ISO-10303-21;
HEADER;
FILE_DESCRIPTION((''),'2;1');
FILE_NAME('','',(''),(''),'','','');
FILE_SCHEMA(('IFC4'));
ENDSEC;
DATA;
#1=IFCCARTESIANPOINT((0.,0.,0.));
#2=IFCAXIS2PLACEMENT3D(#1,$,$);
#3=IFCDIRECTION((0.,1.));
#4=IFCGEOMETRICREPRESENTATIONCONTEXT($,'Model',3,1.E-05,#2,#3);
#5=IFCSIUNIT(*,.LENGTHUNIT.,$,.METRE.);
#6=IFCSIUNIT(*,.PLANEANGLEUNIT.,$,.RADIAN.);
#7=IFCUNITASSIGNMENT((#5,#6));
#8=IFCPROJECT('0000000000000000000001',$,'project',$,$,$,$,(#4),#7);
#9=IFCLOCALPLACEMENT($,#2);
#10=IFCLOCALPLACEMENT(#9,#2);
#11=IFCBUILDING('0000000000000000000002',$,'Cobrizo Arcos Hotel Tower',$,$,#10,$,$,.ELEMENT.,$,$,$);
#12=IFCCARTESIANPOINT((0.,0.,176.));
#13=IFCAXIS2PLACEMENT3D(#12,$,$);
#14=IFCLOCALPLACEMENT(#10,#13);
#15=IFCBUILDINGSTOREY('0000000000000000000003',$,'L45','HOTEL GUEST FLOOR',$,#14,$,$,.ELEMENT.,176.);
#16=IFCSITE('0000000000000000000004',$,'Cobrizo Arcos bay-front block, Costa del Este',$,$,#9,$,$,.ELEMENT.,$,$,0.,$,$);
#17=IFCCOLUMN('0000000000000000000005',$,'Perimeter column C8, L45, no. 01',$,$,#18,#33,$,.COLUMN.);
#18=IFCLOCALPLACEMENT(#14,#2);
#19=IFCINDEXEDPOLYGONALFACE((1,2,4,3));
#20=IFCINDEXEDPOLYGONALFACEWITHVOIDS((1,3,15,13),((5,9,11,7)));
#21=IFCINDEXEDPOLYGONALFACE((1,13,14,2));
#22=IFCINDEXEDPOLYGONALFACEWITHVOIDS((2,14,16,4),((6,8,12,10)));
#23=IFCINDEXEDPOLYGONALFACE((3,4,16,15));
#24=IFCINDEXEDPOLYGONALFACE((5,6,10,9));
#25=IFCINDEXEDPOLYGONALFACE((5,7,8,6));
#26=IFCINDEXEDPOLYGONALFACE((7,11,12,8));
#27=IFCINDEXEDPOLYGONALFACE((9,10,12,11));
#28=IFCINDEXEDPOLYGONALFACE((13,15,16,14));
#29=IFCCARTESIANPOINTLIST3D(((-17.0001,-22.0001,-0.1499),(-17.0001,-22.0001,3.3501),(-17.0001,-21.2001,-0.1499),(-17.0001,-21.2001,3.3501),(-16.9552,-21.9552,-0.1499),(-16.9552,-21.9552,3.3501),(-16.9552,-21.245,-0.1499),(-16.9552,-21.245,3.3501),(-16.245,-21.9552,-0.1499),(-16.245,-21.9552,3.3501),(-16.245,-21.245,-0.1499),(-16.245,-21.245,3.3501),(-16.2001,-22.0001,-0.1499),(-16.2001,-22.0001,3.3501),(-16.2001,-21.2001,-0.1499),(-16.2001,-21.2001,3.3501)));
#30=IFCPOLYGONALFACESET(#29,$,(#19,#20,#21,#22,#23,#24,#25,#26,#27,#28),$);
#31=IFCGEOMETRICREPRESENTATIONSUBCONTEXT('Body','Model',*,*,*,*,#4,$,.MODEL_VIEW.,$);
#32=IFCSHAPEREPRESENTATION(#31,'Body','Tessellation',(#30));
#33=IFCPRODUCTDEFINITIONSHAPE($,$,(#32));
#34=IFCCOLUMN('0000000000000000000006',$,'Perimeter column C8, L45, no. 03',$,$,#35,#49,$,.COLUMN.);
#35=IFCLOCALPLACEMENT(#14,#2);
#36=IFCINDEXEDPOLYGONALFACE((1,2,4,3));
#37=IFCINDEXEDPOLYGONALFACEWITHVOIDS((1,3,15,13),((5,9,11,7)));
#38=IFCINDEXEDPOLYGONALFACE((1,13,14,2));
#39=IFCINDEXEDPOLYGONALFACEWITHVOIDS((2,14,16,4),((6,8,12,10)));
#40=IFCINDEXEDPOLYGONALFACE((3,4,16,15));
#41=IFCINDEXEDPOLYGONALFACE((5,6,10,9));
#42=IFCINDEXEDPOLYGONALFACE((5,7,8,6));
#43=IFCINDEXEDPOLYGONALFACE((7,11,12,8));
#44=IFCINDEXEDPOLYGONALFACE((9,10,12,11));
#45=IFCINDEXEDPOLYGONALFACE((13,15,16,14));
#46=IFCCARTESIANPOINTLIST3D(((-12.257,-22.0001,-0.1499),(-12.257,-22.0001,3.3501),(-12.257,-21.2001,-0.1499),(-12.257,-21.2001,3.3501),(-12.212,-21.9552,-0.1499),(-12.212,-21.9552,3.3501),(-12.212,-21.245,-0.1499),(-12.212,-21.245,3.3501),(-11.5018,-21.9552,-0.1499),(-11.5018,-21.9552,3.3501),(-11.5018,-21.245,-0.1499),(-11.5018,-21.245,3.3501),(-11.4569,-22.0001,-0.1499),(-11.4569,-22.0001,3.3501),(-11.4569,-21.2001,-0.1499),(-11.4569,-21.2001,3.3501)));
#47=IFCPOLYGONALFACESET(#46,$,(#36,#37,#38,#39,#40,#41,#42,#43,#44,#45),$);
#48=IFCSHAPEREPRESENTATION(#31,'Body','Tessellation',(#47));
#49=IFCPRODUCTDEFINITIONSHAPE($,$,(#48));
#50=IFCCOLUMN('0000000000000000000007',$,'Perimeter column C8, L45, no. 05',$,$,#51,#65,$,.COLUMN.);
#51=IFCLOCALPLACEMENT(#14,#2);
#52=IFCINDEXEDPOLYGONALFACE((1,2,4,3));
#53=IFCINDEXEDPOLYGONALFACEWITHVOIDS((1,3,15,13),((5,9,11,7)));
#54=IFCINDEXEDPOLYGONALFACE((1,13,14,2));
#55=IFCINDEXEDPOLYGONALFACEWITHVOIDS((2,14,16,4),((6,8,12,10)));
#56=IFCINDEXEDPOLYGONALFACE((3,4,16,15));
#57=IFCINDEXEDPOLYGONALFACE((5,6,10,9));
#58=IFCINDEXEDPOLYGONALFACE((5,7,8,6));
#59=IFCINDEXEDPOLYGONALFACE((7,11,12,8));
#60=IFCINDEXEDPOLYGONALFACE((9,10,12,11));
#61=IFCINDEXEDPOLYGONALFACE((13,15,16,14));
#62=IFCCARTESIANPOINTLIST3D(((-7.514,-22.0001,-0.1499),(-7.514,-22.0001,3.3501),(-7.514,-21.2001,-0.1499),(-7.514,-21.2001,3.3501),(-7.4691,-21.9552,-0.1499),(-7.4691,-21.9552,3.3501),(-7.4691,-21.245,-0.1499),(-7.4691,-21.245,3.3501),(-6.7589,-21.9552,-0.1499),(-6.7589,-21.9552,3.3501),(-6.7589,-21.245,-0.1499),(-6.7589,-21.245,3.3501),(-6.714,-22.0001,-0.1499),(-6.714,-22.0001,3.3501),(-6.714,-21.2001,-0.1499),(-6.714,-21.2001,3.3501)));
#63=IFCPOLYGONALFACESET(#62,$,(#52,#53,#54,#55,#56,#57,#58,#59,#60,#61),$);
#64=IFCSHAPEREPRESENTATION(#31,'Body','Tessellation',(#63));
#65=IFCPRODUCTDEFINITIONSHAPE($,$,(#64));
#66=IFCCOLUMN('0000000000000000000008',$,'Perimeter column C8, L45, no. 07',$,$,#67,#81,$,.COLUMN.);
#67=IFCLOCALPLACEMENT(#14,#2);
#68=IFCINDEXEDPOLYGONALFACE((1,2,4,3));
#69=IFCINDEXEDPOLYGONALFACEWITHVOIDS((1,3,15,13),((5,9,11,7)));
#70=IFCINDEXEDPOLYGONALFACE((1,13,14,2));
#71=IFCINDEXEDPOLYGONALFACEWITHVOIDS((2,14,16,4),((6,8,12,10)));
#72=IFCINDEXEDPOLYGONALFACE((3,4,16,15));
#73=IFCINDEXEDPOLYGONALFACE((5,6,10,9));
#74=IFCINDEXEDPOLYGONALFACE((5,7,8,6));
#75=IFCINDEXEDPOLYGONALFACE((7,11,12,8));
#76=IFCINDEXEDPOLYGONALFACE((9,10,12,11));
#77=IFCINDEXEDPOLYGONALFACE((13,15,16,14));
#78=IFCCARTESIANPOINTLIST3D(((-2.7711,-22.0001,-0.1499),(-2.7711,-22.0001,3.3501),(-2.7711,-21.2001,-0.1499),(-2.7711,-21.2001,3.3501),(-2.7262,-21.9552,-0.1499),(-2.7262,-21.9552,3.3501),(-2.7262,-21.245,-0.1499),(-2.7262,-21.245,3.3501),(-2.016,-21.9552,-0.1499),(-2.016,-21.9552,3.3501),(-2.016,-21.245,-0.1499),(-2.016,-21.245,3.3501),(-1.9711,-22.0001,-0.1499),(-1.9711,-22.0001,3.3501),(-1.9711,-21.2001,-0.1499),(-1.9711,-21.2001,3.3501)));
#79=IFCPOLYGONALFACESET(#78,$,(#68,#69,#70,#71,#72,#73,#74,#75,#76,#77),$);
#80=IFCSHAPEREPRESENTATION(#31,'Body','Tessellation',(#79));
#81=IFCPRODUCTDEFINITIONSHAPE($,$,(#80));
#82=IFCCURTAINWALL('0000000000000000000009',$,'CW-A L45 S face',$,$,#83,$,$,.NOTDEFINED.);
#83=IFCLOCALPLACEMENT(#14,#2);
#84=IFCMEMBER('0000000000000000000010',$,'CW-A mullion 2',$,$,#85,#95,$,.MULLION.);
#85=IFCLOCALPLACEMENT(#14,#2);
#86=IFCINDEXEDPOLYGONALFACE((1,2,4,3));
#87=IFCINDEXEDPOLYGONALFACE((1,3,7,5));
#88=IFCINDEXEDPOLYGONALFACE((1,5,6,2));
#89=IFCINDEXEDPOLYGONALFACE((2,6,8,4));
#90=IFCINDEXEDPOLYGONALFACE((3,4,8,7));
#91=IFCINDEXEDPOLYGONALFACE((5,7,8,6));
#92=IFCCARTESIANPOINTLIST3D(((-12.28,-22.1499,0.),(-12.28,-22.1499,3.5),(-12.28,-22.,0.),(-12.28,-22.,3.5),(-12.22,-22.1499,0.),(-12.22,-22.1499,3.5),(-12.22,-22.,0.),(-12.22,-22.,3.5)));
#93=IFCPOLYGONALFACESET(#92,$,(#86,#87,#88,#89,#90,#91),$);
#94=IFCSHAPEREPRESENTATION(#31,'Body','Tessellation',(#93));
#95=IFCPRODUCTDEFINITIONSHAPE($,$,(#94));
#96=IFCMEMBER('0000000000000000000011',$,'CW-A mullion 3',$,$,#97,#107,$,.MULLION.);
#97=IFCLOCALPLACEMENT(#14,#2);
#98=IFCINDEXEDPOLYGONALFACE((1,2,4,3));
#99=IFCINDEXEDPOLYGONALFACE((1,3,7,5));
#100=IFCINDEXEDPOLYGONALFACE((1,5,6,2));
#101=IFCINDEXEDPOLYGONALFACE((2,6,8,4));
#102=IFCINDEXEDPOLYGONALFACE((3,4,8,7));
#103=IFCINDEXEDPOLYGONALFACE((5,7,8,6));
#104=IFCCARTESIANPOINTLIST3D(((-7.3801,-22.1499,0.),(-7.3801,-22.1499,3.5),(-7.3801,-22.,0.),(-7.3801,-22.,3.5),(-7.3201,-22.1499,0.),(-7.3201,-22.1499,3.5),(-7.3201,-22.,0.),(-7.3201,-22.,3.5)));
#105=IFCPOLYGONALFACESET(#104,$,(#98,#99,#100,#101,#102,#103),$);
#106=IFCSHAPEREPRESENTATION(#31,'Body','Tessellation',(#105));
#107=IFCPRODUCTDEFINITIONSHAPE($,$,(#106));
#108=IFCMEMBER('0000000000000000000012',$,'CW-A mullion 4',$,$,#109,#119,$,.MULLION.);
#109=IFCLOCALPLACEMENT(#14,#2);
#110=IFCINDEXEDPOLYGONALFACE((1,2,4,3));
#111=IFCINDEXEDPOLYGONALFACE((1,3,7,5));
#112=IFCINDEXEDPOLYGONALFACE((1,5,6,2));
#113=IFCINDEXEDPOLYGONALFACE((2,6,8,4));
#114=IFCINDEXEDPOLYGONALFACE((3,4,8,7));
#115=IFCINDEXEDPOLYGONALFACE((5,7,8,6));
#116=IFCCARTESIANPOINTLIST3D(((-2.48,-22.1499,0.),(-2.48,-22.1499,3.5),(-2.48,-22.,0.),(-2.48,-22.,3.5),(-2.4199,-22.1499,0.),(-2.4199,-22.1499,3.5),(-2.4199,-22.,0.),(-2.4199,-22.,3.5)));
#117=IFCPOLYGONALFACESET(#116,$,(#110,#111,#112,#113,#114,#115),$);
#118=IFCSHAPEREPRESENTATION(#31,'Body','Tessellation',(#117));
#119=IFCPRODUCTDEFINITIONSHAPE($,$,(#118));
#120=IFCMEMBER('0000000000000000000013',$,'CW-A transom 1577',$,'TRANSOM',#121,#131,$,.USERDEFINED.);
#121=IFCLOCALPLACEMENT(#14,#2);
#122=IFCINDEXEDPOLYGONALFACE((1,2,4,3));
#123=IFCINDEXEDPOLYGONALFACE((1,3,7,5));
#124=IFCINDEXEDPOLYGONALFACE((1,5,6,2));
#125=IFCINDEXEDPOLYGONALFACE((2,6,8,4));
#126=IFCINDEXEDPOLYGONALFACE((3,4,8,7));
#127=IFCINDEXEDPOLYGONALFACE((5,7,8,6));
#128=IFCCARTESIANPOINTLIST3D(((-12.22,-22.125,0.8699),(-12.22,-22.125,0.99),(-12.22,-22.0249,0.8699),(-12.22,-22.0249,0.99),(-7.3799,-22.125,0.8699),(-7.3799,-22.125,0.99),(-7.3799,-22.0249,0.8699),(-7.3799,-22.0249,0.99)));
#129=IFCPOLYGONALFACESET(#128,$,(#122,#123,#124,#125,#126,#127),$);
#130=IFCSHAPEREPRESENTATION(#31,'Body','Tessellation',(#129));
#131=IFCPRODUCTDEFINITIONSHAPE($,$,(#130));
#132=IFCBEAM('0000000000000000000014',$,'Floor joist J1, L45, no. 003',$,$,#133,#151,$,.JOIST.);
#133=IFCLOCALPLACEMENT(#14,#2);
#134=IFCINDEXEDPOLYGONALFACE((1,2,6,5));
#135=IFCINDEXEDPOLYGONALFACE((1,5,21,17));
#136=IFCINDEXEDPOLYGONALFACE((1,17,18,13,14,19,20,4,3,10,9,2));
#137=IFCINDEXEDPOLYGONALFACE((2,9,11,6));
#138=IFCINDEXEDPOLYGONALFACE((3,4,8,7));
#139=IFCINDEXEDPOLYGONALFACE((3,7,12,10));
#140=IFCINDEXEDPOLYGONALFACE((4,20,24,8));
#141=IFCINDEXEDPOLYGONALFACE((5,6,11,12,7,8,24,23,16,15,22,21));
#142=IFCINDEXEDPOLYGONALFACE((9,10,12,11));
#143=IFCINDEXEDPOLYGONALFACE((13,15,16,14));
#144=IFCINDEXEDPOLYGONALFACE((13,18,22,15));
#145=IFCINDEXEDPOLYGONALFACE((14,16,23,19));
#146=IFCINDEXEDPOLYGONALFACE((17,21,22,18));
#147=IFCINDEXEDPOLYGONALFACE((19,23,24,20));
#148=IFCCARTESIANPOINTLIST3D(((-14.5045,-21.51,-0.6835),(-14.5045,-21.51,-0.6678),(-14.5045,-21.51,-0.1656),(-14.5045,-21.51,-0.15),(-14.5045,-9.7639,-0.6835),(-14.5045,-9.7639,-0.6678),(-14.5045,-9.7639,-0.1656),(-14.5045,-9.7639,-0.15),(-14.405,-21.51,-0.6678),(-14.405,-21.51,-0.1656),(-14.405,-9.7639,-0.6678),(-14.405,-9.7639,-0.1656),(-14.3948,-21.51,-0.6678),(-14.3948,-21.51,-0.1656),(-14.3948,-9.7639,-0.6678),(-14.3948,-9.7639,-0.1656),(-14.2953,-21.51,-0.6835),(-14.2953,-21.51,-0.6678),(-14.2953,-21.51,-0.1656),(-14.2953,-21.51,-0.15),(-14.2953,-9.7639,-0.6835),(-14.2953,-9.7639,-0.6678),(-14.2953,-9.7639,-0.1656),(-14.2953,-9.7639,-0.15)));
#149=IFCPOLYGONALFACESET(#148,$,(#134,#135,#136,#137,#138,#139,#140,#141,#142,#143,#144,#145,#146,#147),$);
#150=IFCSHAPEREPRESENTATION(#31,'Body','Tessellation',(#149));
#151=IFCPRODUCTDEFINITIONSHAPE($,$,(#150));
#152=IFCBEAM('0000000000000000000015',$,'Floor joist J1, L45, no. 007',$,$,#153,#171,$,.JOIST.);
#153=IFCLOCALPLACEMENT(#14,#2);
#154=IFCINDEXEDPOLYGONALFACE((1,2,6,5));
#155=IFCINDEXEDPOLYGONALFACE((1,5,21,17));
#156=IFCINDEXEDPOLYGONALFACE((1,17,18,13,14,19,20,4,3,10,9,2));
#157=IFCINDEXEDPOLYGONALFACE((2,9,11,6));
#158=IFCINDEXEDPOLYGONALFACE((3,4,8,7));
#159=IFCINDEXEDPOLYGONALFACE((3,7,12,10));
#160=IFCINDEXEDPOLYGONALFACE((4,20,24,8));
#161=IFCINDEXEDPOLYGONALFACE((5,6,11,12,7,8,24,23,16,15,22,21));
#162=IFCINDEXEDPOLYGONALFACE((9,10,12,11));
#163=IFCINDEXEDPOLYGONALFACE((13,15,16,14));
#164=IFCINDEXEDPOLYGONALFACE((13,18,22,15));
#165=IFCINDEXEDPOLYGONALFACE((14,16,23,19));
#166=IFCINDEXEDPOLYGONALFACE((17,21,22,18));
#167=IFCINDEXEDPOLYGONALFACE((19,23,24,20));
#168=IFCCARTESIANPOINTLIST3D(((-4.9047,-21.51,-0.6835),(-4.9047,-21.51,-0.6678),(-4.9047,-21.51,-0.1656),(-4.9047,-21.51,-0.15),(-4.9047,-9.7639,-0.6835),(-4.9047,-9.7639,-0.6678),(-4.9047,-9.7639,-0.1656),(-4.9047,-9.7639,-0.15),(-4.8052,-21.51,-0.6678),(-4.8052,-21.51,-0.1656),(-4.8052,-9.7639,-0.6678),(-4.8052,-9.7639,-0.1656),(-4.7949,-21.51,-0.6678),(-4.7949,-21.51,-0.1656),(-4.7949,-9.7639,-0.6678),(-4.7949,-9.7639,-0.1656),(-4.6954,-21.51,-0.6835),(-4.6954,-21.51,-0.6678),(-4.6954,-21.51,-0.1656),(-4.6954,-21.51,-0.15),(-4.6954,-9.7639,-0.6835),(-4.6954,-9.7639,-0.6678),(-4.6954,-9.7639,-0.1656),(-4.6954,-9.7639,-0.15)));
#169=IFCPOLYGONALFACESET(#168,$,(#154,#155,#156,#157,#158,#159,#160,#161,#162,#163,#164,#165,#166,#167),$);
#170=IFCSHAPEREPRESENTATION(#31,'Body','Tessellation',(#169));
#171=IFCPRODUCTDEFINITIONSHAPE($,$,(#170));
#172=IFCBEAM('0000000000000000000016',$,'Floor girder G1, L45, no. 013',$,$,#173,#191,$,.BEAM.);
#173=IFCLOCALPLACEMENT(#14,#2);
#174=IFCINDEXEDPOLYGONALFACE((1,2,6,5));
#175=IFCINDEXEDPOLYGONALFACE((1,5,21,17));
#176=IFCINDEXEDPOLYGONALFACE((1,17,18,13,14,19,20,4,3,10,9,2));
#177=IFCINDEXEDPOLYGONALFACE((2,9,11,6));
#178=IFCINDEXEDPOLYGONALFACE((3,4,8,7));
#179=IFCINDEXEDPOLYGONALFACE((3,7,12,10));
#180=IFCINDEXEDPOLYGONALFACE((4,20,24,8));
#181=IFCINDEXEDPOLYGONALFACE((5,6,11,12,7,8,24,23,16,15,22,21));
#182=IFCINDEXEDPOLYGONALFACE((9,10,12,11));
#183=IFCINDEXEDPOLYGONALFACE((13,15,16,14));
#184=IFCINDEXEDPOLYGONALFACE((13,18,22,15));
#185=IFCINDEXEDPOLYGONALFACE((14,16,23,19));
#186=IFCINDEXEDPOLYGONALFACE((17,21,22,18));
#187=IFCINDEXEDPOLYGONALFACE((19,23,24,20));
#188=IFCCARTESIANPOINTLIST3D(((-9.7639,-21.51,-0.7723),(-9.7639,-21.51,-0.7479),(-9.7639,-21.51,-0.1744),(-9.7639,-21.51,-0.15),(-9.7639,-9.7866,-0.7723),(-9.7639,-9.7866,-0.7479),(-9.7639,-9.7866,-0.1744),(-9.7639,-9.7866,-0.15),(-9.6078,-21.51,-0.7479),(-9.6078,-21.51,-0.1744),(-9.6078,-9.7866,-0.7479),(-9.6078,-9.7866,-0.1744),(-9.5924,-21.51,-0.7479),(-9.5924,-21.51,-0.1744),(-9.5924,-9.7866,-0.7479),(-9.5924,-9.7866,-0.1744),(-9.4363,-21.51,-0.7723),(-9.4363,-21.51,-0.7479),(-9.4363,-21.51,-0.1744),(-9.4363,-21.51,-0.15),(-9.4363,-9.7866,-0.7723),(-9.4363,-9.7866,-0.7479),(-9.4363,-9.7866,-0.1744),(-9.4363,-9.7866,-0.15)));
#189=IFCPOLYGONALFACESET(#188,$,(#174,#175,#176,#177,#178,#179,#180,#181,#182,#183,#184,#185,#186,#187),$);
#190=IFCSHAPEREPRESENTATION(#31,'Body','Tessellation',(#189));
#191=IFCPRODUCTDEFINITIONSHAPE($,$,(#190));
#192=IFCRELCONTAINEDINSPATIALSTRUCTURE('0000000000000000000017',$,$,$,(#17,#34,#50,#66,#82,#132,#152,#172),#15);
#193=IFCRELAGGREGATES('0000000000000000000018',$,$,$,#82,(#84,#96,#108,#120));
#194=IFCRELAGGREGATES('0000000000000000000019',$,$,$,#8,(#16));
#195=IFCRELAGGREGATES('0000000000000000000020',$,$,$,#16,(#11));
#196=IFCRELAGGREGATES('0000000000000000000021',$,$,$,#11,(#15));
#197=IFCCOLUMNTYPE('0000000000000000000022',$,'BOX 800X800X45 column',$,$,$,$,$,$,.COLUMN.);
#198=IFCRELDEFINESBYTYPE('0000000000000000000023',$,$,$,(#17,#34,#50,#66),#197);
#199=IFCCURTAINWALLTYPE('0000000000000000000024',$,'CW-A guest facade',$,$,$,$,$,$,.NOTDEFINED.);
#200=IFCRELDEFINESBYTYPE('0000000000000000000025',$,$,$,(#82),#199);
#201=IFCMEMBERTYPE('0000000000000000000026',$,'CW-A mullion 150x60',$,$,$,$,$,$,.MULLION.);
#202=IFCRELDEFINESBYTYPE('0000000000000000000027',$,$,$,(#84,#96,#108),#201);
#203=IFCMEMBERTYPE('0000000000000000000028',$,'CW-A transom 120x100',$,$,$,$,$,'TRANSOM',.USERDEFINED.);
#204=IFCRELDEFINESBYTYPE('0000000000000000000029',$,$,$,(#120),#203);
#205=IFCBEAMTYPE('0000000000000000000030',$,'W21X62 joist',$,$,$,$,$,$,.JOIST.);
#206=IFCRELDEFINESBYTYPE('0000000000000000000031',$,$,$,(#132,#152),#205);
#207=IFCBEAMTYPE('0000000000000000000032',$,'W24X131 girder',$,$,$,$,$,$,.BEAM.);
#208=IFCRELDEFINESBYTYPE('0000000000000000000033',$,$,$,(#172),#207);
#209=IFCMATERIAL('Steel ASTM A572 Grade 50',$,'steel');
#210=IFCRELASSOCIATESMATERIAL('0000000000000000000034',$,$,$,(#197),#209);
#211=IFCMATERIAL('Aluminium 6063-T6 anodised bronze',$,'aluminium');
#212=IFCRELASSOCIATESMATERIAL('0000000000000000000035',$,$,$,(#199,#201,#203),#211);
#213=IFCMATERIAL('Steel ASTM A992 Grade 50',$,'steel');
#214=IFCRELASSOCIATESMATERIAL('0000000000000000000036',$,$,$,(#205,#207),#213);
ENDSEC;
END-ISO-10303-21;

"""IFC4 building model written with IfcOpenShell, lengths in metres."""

from ifc_helpers import new_model, si_unit, direction, frame, origin, origin_2d, place, context, subcontext, project, spatial, rectangle, hollow_rectangle, i_section, extrude, material, material_profile, profile_set, type_object, element, aggregate, save


model = new_model("IFC4")

# Units and contexts
model_context = context("Model", 3, precision=1e-05, world=origin(), true_north=direction((0.0, 1.0)))
body_context = subcontext(model_context, "Body", "Model", "MODEL_VIEW")
ifc_project = project(units=[si_unit("LENGTHUNIT", "METRE"), si_unit("PLANEANGLEUNIT", "RADIAN")], contexts=[model_context])

# Site, building, storey
site_placement = place(None, origin())
site = spatial("IfcSite", under=ifc_project, at=site_placement, Name="Cobrizo Arcos bay-front block, Costa del Este", CompositionType="ELEMENT", RefElevation=0.0)
building_placement = place(site_placement, origin())
building = spatial("IfcBuilding", under=site, at=building_placement, Name="Cobrizo Arcos Hotel Tower", CompositionType="ELEMENT")
storey_placement = place(building_placement, frame((0.0, 0.0, 176.0)))
storey = spatial("IfcBuildingStorey", under=building, at=storey_placement, Name="L45", Description="HOTEL GUEST FLOOR", CompositionType="ELEMENT", Elevation=176.0)

# Columns
ifc_material_1 = material(Name="Steel ASTM A572 Grade 50", Category="steel")
ifc_material_profile_1 = material_profile(ifc_material_1, hollow_rectangle(XDim=0.8, YDim=0.8, WallThickness=0.0449, at=origin_2d()), Name="BOX 800X800X45")
ifc_profile_set_1 = profile_set([ifc_material_profile_1], Name="Steel ASTM A572 Grade 50")
column_type = type_object("IfcColumnType", Name="BOX 800X800X45 column", PredefinedType="COLUMN", material=ifc_profile_set_1)
for number, where, z_axis, x_axis, name in (
    (1, (-16.6001, -21.6001, -0.1499), (0.0, 0.0, 1.0), (1.0, 0.0, 0.0), "Perimeter column C8, L45, no. 01"),
    (2, (-11.8569, -21.6001, -0.1499), (0.0, 0.0, 1.0), (1.0, 0.0, 0.0), "Perimeter column C8, L45, no. 03"),
    (3, (-7.114, -21.6001, -0.1499), (0.0, 0.0, 1.0), (1.0, 0.0, 0.0), "Perimeter column C8, L45, no. 05"),
    (4, (-2.3711, -21.6001, -0.1499), (0.0, 0.0, 1.0), (1.0, 0.0, 0.0), "Perimeter column C8, L45, no. 07"),
):
    element("IfcColumn", number, at=place(storey_placement, frame(where, z_axis=z_axis, x_axis=x_axis)), inside=storey, type_object=column_type, Name=name, PredefinedType="COLUMN", context=body_context, shape_type="SweptSolid", body=[
        extrude(hollow_rectangle(XDim=0.8, YDim=0.8, WallThickness=0.0449, at=origin_2d()), origin(), (0.0, 0.0, 1.0), 3.5),
    ])

# Curtain wall, members
ifc_material_2 = material(Name="Aluminium 6063-T6 anodised bronze", Category="aluminium")
curtain_wall_type = type_object("IfcCurtainWallType", Name="CW-A guest facade", PredefinedType="NOTDEFINED", material=ifc_material_2)
curtain_wall_placement = place(storey_placement, origin())
curtain_wall = element("IfcCurtainWall", 5, at=curtain_wall_placement, inside=storey, type_object=curtain_wall_type, Name="CW-A L45 S face", PredefinedType="NOTDEFINED")
ifc_material_profile_2 = material_profile(ifc_material_2, rectangle(XDim=0.1499, YDim=0.0601, at=origin_2d()), Name="CW-A mullion 150x60")
ifc_profile_set_2 = profile_set([ifc_material_profile_2], Name="Aluminium 6063-T6 anodised bronze")
member_type_1 = type_object("IfcMemberType", Name="CW-A mullion 150x60", PredefinedType="MULLION", material=ifc_profile_set_2)
member_1_placement = place(storey_placement, frame((-12.25, -22.075, 0.0), z_axis=(0.0, 0.0, 1.0), x_axis=(0.0, -1.0, 0.0)))
member_1 = element("IfcMember", 6, at=member_1_placement, type_object=member_type_1, Name="CW-A mullion 2", PredefinedType="MULLION", context=body_context, shape_type="SweptSolid", body=[
    extrude(rectangle(XDim=0.1499, YDim=0.0601, at=origin_2d()), origin(), (0.0, 0.0, 1.0), 3.5),
])
member_2_placement = place(storey_placement, frame((-7.3501, -22.075, 0.0), z_axis=(0.0, 0.0, 1.0), x_axis=(0.0, -1.0, 0.0)))
member_2 = element("IfcMember", 7, at=member_2_placement, type_object=member_type_1, Name="CW-A mullion 3", PredefinedType="MULLION", context=body_context, shape_type="SweptSolid", body=[
    extrude(rectangle(XDim=0.1499, YDim=0.0601, at=origin_2d()), origin(), (0.0, 0.0, 1.0), 3.5),
])
member_3_placement = place(storey_placement, frame((-2.45, -22.075, 0.0), z_axis=(0.0, 0.0, 1.0), x_axis=(0.0, -1.0, 0.0)))
member_3 = element("IfcMember", 8, at=member_3_placement, type_object=member_type_1, Name="CW-A mullion 4", PredefinedType="MULLION", context=body_context, shape_type="SweptSolid", body=[
    extrude(rectangle(XDim=0.1499, YDim=0.0601, at=origin_2d()), origin(), (0.0, 0.0, 1.0), 3.5),
])
ifc_material_profile_3 = material_profile(ifc_material_2, rectangle(XDim=0.1001, YDim=0.1201, at=origin_2d()), Name="CW-A transom 120x100")
ifc_profile_set_3 = profile_set([ifc_material_profile_3], Name="Aluminium 6063-T6 anodised bronze")
member_type_2 = type_object("IfcMemberType", Name="CW-A transom 120x100", ElementType="TRANSOM", PredefinedType="USERDEFINED", material=ifc_profile_set_3)
member_4_placement = place(storey_placement, frame((-12.22, -22.075, 0.9299), z_axis=(1.0, 0.0, 0.0), x_axis=(0.0, 1.0, 0.0)))
member_4 = element("IfcMember", 9, at=member_4_placement, type_object=member_type_2, Name="CW-A transom 1577", ObjectType="TRANSOM", PredefinedType="USERDEFINED", context=body_context, shape_type="SweptSolid", body=[
    extrude(rectangle(XDim=0.1001, YDim=0.1201, at=origin_2d()), origin(), (0.0, 0.0, 1.0), 4.8401),
])

# Beams
ifc_material_3 = material(Name="Steel ASTM A992 Grade 50", Category="steel")
ifc_material_profile_4 = material_profile(ifc_material_3, i_section(OverallWidth=0.2092, OverallDepth=0.5334, WebThickness=0.0103, FlangeThickness=0.0156, at=origin_2d()), Name="W21X62")
ifc_profile_set_4 = profile_set([ifc_material_profile_4], Name="Steel ASTM A992 Grade 50")
beam_type_1 = type_object("IfcBeamType", Name="W21X62 joist", PredefinedType="JOIST", material=ifc_profile_set_4)
for number, where, z_axis, x_axis, name in (
    (10, (-14.3999, -21.51, -0.4167), (0.0, 1.0, 0.0), (-1.0, 0.0, 0.0), "Floor joist J1, L45, no. 003"),
    (11, (-4.8, -21.51, -0.4167), (0.0, 1.0, 0.0), (-1.0, 0.0, 0.0), "Floor joist J1, L45, no. 007"),
):
    element("IfcBeam", number, at=place(storey_placement, frame(where, z_axis=z_axis, x_axis=x_axis)), inside=storey, type_object=beam_type_1, Name=name, PredefinedType="JOIST", context=body_context, shape_type="SweptSolid", body=[
        extrude(i_section(OverallWidth=0.2092, OverallDepth=0.5334, WebThickness=0.0103, FlangeThickness=0.0156, at=origin_2d()), origin(), (0.0, 0.0, 1.0), 11.7461),
    ])
ifc_material_profile_5 = material_profile(ifc_material_3, i_section(OverallWidth=0.3276, OverallDepth=0.6223, WebThickness=0.0154, FlangeThickness=0.0244, at=origin_2d()), Name="W24X131")
ifc_profile_set_5 = profile_set([ifc_material_profile_5], Name="Steel ASTM A992 Grade 50")
beam_type_2 = type_object("IfcBeamType", Name="W24X131 girder", PredefinedType="BEAM", material=ifc_profile_set_5)
for number, where, z_axis, x_axis, name in (
    (12, (-9.6001, -21.51, -0.4612), (0.0, 1.0, 0.0), (-1.0, 0.0, 0.0), "Floor girder G1, L45, no. 013"),
):
    element("IfcBeam", number, at=place(storey_placement, frame(where, z_axis=z_axis, x_axis=x_axis)), inside=storey, type_object=beam_type_2, Name=name, PredefinedType="BEAM", context=body_context, shape_type="SweptSolid", body=[
        extrude(i_section(OverallWidth=0.3276, OverallDepth=0.6223, WebThickness=0.0154, FlangeThickness=0.0244, at=origin_2d()), origin(), (0.0, 0.0, 1.0), 11.7234),
    ])

aggregate(curtain_wall, [member_1, member_2, member_3, member_4])

save(model, "model.ifc")
